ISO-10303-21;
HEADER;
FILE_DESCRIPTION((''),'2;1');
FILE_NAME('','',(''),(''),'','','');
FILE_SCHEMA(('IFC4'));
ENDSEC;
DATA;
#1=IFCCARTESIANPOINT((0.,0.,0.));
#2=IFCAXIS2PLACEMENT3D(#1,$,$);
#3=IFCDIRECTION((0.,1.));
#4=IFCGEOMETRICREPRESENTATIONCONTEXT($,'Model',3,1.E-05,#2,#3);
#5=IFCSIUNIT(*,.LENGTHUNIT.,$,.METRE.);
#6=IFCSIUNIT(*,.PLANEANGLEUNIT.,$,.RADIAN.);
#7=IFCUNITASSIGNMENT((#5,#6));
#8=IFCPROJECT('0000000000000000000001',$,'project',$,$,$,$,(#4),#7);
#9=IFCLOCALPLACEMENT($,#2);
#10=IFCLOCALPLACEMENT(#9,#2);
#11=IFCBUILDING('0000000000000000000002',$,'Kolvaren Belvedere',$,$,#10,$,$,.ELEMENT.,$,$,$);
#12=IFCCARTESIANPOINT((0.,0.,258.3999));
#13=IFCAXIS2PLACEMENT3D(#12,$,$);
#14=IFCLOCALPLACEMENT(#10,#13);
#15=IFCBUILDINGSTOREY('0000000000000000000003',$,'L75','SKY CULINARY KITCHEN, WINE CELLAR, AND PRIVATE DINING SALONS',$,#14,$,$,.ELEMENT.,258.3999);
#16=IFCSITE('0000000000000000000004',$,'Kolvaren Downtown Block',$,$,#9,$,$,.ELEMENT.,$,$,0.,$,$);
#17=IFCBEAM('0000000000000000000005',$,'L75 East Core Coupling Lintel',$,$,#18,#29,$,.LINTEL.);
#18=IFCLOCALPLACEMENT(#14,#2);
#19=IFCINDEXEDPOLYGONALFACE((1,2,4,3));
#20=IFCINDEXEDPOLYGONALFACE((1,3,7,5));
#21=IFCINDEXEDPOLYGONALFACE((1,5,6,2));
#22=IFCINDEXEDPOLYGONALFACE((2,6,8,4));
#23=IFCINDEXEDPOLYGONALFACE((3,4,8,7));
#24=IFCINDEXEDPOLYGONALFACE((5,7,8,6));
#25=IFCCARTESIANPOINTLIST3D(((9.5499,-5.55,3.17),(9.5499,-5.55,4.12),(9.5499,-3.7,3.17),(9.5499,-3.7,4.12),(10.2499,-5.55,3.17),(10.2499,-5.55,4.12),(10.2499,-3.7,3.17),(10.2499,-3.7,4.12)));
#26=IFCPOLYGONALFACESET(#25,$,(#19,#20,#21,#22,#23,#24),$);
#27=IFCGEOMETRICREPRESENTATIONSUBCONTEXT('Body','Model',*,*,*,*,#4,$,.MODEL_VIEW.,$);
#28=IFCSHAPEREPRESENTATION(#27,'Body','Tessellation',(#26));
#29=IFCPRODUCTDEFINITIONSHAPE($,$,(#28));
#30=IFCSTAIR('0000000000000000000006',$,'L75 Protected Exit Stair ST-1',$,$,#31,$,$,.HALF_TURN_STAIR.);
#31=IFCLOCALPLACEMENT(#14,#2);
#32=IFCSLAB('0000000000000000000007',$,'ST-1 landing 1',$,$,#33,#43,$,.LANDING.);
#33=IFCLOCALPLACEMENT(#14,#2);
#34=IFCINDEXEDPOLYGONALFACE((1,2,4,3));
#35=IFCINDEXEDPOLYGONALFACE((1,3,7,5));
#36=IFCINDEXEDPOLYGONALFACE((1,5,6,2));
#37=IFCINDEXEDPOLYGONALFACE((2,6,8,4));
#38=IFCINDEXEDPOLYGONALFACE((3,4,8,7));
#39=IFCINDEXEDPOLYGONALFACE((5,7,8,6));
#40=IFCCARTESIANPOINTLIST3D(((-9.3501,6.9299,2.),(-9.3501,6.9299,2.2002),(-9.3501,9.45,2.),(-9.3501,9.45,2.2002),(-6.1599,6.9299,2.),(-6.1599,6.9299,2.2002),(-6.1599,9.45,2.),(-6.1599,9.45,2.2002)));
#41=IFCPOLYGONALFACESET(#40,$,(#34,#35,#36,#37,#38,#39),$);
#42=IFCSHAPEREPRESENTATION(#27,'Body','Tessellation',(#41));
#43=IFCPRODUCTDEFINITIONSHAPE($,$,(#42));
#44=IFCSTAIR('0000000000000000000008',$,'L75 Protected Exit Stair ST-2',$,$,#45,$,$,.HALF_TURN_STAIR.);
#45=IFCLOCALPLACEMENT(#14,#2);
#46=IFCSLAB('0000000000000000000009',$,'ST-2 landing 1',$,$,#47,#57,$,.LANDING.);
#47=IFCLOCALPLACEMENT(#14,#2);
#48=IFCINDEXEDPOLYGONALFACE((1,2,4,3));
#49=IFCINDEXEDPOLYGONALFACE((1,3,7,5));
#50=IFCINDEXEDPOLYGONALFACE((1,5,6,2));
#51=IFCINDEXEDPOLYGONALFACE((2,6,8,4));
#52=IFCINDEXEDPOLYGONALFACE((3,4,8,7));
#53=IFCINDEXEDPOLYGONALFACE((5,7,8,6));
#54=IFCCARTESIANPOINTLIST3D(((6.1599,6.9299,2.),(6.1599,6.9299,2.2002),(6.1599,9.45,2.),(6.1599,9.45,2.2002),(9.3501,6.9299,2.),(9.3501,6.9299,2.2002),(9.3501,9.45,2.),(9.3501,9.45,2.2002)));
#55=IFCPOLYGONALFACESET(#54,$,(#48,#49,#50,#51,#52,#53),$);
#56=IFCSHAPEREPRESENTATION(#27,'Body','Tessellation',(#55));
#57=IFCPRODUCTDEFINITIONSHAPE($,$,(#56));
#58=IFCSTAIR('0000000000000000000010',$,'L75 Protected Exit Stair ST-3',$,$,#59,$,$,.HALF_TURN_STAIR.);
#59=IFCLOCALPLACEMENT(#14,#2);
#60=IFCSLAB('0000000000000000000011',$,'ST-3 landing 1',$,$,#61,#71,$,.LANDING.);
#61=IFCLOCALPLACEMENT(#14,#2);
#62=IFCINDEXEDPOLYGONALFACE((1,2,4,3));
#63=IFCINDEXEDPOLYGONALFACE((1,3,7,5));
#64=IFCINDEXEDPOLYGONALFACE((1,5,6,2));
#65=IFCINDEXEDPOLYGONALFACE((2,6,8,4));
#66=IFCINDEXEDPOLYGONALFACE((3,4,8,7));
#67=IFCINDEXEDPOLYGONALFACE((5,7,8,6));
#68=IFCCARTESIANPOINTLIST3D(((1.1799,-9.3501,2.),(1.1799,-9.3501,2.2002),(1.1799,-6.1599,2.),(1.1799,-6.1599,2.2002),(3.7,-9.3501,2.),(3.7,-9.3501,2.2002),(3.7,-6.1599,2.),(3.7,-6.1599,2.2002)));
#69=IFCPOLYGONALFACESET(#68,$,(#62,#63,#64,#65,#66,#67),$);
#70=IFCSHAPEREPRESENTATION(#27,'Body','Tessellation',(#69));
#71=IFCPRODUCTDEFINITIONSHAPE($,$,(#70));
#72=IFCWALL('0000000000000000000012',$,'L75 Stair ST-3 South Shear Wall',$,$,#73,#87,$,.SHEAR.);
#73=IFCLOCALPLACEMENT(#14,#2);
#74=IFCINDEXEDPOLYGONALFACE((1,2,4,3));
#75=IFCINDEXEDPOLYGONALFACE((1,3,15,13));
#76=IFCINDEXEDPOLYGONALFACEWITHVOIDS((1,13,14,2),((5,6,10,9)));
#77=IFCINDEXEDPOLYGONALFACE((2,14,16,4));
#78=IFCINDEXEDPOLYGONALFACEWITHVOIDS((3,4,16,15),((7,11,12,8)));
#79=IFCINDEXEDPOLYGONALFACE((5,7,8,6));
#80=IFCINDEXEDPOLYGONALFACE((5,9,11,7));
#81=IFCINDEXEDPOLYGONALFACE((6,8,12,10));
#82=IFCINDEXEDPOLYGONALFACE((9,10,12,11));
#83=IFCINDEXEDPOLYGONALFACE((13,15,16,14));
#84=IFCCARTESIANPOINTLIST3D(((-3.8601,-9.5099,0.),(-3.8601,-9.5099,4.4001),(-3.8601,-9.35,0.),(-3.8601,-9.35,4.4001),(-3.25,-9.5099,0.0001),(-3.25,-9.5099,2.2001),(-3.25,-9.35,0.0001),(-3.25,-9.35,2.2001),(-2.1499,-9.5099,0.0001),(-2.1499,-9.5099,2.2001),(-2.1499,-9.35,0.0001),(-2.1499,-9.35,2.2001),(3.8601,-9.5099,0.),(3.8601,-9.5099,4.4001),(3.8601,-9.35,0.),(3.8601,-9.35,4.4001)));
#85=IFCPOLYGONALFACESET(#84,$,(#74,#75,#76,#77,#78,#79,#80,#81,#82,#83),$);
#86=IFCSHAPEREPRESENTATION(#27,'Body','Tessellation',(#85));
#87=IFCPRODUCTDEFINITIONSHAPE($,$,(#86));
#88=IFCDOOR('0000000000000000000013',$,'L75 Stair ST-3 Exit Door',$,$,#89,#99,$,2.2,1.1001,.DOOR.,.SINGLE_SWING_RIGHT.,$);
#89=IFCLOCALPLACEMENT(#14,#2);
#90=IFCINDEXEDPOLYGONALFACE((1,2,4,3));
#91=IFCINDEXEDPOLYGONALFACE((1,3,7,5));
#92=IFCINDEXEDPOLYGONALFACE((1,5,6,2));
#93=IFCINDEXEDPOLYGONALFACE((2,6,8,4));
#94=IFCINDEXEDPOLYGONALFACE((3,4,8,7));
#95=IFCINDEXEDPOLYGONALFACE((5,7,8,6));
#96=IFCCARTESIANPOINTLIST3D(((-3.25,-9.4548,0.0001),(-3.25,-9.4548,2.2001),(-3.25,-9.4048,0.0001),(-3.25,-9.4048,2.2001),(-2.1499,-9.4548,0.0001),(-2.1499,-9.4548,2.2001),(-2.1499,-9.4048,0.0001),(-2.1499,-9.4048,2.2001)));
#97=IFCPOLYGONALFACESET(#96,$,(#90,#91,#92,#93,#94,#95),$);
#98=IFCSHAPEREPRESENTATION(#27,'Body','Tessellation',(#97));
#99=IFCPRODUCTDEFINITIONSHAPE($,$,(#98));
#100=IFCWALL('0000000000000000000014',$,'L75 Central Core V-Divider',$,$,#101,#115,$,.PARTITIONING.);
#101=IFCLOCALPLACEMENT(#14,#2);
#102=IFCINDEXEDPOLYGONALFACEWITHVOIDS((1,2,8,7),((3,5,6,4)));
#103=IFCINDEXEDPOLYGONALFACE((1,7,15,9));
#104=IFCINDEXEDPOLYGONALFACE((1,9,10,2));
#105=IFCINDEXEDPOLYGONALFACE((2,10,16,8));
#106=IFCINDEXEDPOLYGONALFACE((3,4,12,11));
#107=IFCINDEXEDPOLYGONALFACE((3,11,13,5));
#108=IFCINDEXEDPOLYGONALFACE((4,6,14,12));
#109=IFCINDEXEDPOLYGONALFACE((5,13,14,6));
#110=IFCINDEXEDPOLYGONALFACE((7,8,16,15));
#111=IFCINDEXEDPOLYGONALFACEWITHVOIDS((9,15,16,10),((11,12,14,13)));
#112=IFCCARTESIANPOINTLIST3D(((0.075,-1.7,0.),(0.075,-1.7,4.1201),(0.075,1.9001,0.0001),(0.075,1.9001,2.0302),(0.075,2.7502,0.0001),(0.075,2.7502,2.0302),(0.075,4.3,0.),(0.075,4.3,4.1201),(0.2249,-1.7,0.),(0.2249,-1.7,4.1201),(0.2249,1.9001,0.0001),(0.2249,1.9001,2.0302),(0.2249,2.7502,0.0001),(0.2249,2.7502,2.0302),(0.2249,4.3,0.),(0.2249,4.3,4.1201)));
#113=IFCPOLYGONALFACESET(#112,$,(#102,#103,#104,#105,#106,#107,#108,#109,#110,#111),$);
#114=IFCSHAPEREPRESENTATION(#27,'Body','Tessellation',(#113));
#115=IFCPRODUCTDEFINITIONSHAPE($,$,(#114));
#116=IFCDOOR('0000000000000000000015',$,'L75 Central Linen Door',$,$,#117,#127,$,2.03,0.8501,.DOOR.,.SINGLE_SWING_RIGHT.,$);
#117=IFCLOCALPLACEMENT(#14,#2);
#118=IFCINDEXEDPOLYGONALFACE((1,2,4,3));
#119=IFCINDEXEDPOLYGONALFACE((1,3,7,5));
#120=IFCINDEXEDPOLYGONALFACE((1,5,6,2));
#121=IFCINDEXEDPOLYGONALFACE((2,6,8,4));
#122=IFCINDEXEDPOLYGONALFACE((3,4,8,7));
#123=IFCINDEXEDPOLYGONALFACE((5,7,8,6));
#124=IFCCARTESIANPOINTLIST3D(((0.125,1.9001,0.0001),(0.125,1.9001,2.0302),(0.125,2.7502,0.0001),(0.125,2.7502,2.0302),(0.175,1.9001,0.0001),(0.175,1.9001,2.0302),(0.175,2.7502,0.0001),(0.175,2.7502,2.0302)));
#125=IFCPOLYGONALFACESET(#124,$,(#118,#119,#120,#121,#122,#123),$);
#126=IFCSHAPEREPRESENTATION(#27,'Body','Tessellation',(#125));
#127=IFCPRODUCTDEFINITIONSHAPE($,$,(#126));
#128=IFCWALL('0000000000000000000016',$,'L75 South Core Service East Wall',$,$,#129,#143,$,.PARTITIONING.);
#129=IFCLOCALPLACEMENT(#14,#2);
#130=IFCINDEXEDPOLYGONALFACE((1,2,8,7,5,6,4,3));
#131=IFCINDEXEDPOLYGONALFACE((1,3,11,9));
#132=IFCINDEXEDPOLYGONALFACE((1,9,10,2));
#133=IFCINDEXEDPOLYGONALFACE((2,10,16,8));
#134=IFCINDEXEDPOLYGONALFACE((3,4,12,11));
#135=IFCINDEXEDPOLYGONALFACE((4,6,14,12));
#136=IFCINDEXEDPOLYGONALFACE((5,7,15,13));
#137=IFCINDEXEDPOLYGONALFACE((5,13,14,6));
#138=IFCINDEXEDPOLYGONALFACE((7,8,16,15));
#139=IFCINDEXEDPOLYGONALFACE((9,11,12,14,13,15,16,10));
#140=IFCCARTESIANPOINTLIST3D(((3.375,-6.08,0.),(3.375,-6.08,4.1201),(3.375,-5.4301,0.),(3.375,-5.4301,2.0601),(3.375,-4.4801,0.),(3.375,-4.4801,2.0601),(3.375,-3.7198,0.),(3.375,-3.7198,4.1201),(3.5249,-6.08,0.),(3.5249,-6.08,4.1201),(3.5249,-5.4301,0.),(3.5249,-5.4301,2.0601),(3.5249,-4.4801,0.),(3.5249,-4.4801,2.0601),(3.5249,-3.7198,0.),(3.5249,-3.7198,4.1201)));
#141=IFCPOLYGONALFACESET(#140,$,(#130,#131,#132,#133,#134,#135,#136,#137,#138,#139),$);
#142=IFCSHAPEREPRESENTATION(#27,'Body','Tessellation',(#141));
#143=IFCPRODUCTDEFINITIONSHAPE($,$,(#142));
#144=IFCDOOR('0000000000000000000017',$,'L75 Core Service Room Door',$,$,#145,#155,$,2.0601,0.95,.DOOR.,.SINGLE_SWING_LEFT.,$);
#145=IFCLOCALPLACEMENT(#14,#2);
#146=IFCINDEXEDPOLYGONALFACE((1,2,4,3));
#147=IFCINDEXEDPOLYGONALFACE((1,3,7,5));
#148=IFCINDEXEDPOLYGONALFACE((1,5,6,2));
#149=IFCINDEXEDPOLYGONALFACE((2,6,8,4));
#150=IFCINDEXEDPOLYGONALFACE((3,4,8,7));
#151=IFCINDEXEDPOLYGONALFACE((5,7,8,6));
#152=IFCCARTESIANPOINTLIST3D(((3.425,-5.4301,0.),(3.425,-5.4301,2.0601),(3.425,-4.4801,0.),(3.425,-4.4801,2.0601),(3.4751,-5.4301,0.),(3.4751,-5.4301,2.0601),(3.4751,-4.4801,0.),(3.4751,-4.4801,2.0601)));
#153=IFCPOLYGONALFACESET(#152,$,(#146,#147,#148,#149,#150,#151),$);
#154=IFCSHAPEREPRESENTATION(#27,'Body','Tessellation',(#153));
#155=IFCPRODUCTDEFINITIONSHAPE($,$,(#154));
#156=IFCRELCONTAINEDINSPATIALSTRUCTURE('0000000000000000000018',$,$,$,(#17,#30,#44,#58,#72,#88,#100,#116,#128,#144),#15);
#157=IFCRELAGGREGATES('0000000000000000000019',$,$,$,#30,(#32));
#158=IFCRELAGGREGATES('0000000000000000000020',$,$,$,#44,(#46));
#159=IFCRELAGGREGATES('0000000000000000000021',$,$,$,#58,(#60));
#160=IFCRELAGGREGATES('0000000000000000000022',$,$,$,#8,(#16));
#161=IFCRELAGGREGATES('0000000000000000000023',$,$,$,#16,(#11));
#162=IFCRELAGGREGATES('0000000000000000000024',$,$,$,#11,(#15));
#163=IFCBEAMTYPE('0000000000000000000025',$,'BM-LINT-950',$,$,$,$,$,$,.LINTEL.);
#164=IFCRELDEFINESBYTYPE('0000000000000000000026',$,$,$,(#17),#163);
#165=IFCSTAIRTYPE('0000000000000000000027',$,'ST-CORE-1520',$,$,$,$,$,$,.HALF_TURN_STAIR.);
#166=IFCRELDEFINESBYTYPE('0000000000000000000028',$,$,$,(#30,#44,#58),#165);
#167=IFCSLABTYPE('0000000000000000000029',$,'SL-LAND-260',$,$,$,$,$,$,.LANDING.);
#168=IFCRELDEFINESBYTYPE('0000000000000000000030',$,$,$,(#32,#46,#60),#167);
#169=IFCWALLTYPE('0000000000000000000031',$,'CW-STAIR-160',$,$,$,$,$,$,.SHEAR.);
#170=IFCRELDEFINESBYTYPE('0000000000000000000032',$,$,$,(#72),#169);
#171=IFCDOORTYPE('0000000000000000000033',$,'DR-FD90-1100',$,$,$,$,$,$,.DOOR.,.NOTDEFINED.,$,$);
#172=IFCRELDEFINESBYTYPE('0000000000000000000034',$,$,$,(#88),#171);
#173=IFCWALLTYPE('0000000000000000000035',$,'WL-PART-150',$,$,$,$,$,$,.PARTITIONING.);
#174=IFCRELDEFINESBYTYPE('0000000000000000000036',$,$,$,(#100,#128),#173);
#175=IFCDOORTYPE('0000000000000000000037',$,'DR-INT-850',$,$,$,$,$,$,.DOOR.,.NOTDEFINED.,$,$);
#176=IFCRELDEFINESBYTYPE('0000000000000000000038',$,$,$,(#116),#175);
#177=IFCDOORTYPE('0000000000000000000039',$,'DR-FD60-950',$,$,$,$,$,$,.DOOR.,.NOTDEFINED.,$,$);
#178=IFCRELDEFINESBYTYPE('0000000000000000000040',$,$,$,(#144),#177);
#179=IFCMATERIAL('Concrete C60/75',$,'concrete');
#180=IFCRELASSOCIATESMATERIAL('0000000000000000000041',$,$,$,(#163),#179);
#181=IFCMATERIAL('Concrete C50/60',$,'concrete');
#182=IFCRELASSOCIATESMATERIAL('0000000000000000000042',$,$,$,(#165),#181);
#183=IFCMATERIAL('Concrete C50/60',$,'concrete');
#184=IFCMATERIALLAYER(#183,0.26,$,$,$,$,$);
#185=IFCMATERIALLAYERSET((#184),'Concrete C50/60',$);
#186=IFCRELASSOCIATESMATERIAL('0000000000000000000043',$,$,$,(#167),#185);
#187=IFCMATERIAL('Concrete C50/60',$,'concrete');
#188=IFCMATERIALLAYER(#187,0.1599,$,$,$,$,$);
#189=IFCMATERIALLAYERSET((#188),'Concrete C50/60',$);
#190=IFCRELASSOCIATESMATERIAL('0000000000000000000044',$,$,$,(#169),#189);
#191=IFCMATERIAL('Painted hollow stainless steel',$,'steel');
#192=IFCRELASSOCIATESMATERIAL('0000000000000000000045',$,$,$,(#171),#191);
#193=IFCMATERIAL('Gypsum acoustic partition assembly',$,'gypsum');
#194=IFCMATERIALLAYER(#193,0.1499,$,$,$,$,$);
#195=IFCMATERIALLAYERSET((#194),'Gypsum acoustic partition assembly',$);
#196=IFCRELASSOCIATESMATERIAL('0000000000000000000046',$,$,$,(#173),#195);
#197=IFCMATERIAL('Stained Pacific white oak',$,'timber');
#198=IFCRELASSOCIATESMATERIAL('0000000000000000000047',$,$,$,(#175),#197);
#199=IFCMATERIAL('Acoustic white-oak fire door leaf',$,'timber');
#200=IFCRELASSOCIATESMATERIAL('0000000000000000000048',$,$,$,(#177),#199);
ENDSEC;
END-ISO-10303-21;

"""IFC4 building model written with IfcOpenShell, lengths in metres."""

from ifc_helpers import new_model, si_unit, direction, frame, frame_2d, origin, origin_2d, place, context, subcontext, project, spatial, polyline, rectangle, outline, extrude, material, layer, layer_set, material_profile, profile_set, type_object, element, fill, aggregate, save


model = new_model("IFC4")

# Units and contexts
model_context = context("Model", 3, precision=1e-05, world=origin(), true_north=direction((0.0, 1.0)))
body_context = subcontext(model_context, "Body", "Model", "MODEL_VIEW")
ifc_project = project(units=[si_unit("LENGTHUNIT", "METRE"), si_unit("PLANEANGLEUNIT", "RADIAN")], contexts=[model_context])

# Site, building, storey
site_placement = place(None, origin())
site = spatial("IfcSite", under=ifc_project, at=site_placement, Name="Kolvaren Downtown Block", CompositionType="ELEMENT", RefElevation=0.0)
building_placement = place(site_placement, origin())
building = spatial("IfcBuilding", under=site, at=building_placement, Name="Kolvaren Belvedere", CompositionType="ELEMENT")
storey_placement = place(building_placement, frame((0.0, 0.0, 258.3999)))
storey = spatial("IfcBuildingStorey", under=building, at=storey_placement, Name="L75", Description="SKY CULINARY KITCHEN, WINE CELLAR, AND PRIVATE DINING SALONS", CompositionType="ELEMENT", Elevation=258.3999)

# Beam
ifc_material_1 = material(Name="Concrete C60/75", Category="concrete")
ifc_material_profile = material_profile(ifc_material_1, rectangle(XDim=0.7, YDim=0.95, at=origin_2d()), Name="RC 700X950")
ifc_profile_set = profile_set([ifc_material_profile], Name="Concrete C60/75")
beam_type = type_object("IfcBeamType", Name="BM-LINT-950", PredefinedType="LINTEL", material=ifc_profile_set)
beam_placement = place(storey_placement, frame((9.8999, -5.55, 3.645), z_axis=(0.0, 1.0, 0.0), x_axis=(-1.0, 0.0, 0.0)))
element("IfcBeam", 1, at=beam_placement, inside=storey, type_object=beam_type, Name="L75 East Core Coupling Lintel", PredefinedType="LINTEL", context=body_context, shape_type="SweptSolid", body=[
    extrude(rectangle(XDim=0.7, YDim=0.95, at=origin_2d()), origin(), (0.0, 0.0, 1.0), 1.8501),
])

# Stairs, slabs
ifc_material_2 = material(Name="Concrete C50/60", Category="concrete")
stair_type = type_object("IfcStairType", Name="ST-CORE-1520", PredefinedType="HALF_TURN_STAIR", material=ifc_material_2)
stair_1_placement = place(storey_placement, origin())
stair_1 = element("IfcStair", 2, at=stair_1_placement, inside=storey, type_object=stair_type, Name="L75 Protected Exit Stair ST-1", PredefinedType="HALF_TURN_STAIR")
ifc_material_3 = material(Name="Concrete C50/60", Category="concrete")
ifc_layer_1 = layer(ifc_material_3, 0.26)
ifc_layer_set_1 = layer_set([ifc_layer_1], Name="Concrete C50/60")
slab_type = type_object("IfcSlabType", Name="SL-LAND-260", PredefinedType="LANDING", material=ifc_layer_set_1)
slab_1_placement = place(storey_placement, frame((0.0, 0.0, 2.0)))
slab_1 = element("IfcSlab", 3, at=slab_1_placement, type_object=slab_type, Name="ST-1 landing 1", PredefinedType="LANDING", context=body_context, shape_type="SweptSolid", body=[
    extrude(outline(polyline([(-6.1599, 6.9299), (-6.1599, 9.45), (-9.3501, 9.45), (-9.3501, 6.9299), (-6.1599, 6.9299)])), origin(), (0.0, 0.0, 1.0), 0.2002),
])
aggregate(stair_1, [slab_1])
stair_2_placement = place(storey_placement, origin())
stair_2 = element("IfcStair", 4, at=stair_2_placement, inside=storey, type_object=stair_type, Name="L75 Protected Exit Stair ST-2", PredefinedType="HALF_TURN_STAIR")
slab_2_placement = place(storey_placement, frame((0.0, 0.0, 2.0)))
slab_2 = element("IfcSlab", 5, at=slab_2_placement, type_object=slab_type, Name="ST-2 landing 1", PredefinedType="LANDING", context=body_context, shape_type="SweptSolid", body=[
    extrude(outline(polyline([(9.3501, 6.9299), (9.3501, 9.45), (6.1599, 9.45), (6.1599, 6.9299), (9.3501, 6.9299)])), origin(), (0.0, 0.0, 1.0), 0.2002),
])
aggregate(stair_2, [slab_2])
stair_3_placement = place(storey_placement, origin())
stair_3 = element("IfcStair", 6, at=stair_3_placement, inside=storey, type_object=stair_type, Name="L75 Protected Exit Stair ST-3", PredefinedType="HALF_TURN_STAIR")
slab_3_placement = place(storey_placement, frame((0.0, 0.0, 2.0)))
slab_3 = element("IfcSlab", 7, at=slab_3_placement, type_object=slab_type, Name="ST-3 landing 1", PredefinedType="LANDING", context=body_context, shape_type="SweptSolid", body=[
    extrude(outline(polyline([(1.1799, -9.3501), (3.7, -9.3501), (3.7, -6.1599), (1.1799, -6.1599), (1.1799, -9.3501)])), origin(), (0.0, 0.0, 1.0), 0.2002),
])

# Walls, openings, doors
ifc_material_4 = material(Name="Concrete C50/60", Category="concrete")
ifc_layer_2 = layer(ifc_material_4, 0.1599)
ifc_layer_set_2 = layer_set([ifc_layer_2], Name="Concrete C50/60")
wall_type_1 = type_object("IfcWallType", Name="CW-STAIR-160", PredefinedType="SHEAR", material=ifc_layer_set_2)
wall_1_placement = place(storey_placement, frame((3.8601, -9.4299, 0.0), z_axis=(0.0, 0.0, 1.0), x_axis=(-1.0, 0.0, 0.0)))
wall_1 = element("IfcWall", 8, at=wall_1_placement, inside=storey, type_object=wall_type_1, Name="L75 Stair ST-3 South Shear Wall", PredefinedType="SHEAR", context=body_context, shape_type="SweptSolid", body=[
    extrude(rectangle(XDim=7.7202, YDim=0.1599, at=frame_2d((3.8601, 0.0))), origin(), (0.0, 0.0, 1.0), 4.4001),
])
opening_1_placement = place(wall_1_placement, frame((6.01, 0.0, 0.0)))
opening_1 = element("IfcOpeningElement", 9, at=opening_1_placement, cuts=wall_1, PredefinedType="OPENING", context=body_context, shape_type="SweptSolid", body=[
    extrude(rectangle(XDim=1.1001, YDim=2.2, at=frame_2d((0.55, 1.1001))), frame((0.0, 0.0898, 0.0), z_axis=(0.0, -1.0, 0.0), x_axis=(1.0, 0.0, 0.0)), (0.0, 0.0, 1.0), 0.1799),
])
ifc_material_5 = material(Name="Painted hollow stainless steel", Category="steel")
door_type_1 = type_object("IfcDoorType", Name="DR-FD90-1100", OperationType="NOTDEFINED", PredefinedType="DOOR", material=ifc_material_5)
door_1_placement = place(opening_1_placement, origin())
door_1 = element("IfcDoor", 10, at=door_1_placement, inside=storey, type_object=door_type_1, Name="L75 Stair ST-3 Exit Door", OperationType="SINGLE_SWING_RIGHT", OverallHeight=2.2, OverallWidth=1.1001, PredefinedType="DOOR", context=body_context, shape_type="SweptSolid", body=[
    extrude(rectangle(XDim=1.1001, YDim=2.2, at=frame_2d((0.55, 1.1001))), frame((0.0, 0.0249, 0.0), z_axis=(0.0, -1.0, 0.0), x_axis=(1.0, 0.0, 0.0)), (0.0, 0.0, 1.0), 0.05),
])
fill(opening_1, door_1)
ifc_material_6 = material(Name="Gypsum acoustic partition assembly", Category="gypsum")
ifc_layer_3 = layer(ifc_material_6, 0.1499)
ifc_layer_set_3 = layer_set([ifc_layer_3], Name="Gypsum acoustic partition assembly")
wall_type_2 = type_object("IfcWallType", Name="WL-PART-150", PredefinedType="PARTITIONING", material=ifc_layer_set_3)
wall_2_placement = place(storey_placement, frame((0.1499, -1.7, 0.0), z_axis=(0.0, 0.0, 1.0), x_axis=(0.0, 1.0, 0.0)))
wall_2 = element("IfcWall", 11, at=wall_2_placement, inside=storey, type_object=wall_type_2, Name="L75 Central Core V-Divider", PredefinedType="PARTITIONING", context=body_context, shape_type="SweptSolid", body=[
    extrude(rectangle(XDim=6.0, YDim=0.1499, at=frame_2d((3.0, 0.0))), origin(), (0.0, 0.0, 1.0), 4.1201),
])
opening_2_placement = place(wall_2_placement, frame((3.6001, 0.0, 0.0)))
opening_2 = element("IfcOpeningElement", 12, at=opening_2_placement, cuts=wall_2, PredefinedType="OPENING", context=body_context, shape_type="SweptSolid", body=[
    extrude(rectangle(XDim=0.8501, YDim=2.03, at=frame_2d((0.425, 1.0151))), frame((0.0, 0.085, 0.0), z_axis=(0.0, -1.0, 0.0), x_axis=(1.0, 0.0, 0.0)), (0.0, 0.0, 1.0), 0.1699),
])
ifc_material_7 = material(Name="Stained Pacific white oak", Category="timber")
door_type_2 = type_object("IfcDoorType", Name="DR-INT-850", OperationType="NOTDEFINED", PredefinedType="DOOR", material=ifc_material_7)
door_2_placement = place(opening_2_placement, origin())
door_2 = element("IfcDoor", 13, at=door_2_placement, inside=storey, type_object=door_type_2, Name="L75 Central Linen Door", OperationType="SINGLE_SWING_RIGHT", OverallHeight=2.03, OverallWidth=0.8501, PredefinedType="DOOR", context=body_context, shape_type="SweptSolid", body=[
    extrude(rectangle(XDim=0.8501, YDim=2.03, at=frame_2d((0.425, 1.0151))), frame((0.0, 0.0249, 0.0), z_axis=(0.0, -1.0, 0.0), x_axis=(1.0, 0.0, 0.0)), (0.0, 0.0, 1.0), 0.05),
])
fill(opening_2, door_2)
wall_3_placement = place(storey_placement, frame((3.45, -6.0801, 0.0), z_axis=(0.0, 0.0, 1.0), x_axis=(0.0, 1.0, 0.0)))
wall_3 = element("IfcWall", 14, at=wall_3_placement, inside=storey, type_object=wall_type_2, Name="L75 South Core Service East Wall", PredefinedType="PARTITIONING", context=body_context, shape_type="SweptSolid", body=[
    extrude(rectangle(XDim=2.3601, YDim=0.1499, at=frame_2d((1.1802, 0.0))), origin(), (0.0, 0.0, 1.0), 4.1201),
])
opening_3_placement = place(wall_3_placement, frame((0.6499, 0.0, 0.0)))
opening_3 = element("IfcOpeningElement", 15, at=opening_3_placement, cuts=wall_3, PredefinedType="OPENING", context=body_context, shape_type="SweptSolid", body=[
    extrude(rectangle(XDim=0.95, YDim=2.0601, at=frame_2d((0.4751, 1.03))), frame((0.0, 0.085, 0.0), z_axis=(0.0, -1.0, 0.0), x_axis=(1.0, 0.0, 0.0)), (0.0, 0.0, 1.0), 0.1699),
])
ifc_material_8 = material(Name="Acoustic white-oak fire door leaf", Category="timber")
door_type_3 = type_object("IfcDoorType", Name="DR-FD60-950", OperationType="NOTDEFINED", PredefinedType="DOOR", material=ifc_material_8)
door_3_placement = place(opening_3_placement, origin())
door_3 = element("IfcDoor", 16, at=door_3_placement, inside=storey, type_object=door_type_3, Name="L75 Core Service Room Door", OperationType="SINGLE_SWING_LEFT", OverallHeight=2.0601, OverallWidth=0.95, PredefinedType="DOOR", context=body_context, shape_type="SweptSolid", body=[
    extrude(rectangle(XDim=0.95, YDim=2.0601, at=frame_2d((0.4751, 1.03))), frame((0.0, 0.0249, 0.0), z_axis=(0.0, -1.0, 0.0), x_axis=(1.0, 0.0, 0.0)), (0.0, 0.0, 1.0), 0.05),
])
fill(opening_3, door_3)

aggregate(stair_3, [slab_3])

save(model, "model.ifc")
